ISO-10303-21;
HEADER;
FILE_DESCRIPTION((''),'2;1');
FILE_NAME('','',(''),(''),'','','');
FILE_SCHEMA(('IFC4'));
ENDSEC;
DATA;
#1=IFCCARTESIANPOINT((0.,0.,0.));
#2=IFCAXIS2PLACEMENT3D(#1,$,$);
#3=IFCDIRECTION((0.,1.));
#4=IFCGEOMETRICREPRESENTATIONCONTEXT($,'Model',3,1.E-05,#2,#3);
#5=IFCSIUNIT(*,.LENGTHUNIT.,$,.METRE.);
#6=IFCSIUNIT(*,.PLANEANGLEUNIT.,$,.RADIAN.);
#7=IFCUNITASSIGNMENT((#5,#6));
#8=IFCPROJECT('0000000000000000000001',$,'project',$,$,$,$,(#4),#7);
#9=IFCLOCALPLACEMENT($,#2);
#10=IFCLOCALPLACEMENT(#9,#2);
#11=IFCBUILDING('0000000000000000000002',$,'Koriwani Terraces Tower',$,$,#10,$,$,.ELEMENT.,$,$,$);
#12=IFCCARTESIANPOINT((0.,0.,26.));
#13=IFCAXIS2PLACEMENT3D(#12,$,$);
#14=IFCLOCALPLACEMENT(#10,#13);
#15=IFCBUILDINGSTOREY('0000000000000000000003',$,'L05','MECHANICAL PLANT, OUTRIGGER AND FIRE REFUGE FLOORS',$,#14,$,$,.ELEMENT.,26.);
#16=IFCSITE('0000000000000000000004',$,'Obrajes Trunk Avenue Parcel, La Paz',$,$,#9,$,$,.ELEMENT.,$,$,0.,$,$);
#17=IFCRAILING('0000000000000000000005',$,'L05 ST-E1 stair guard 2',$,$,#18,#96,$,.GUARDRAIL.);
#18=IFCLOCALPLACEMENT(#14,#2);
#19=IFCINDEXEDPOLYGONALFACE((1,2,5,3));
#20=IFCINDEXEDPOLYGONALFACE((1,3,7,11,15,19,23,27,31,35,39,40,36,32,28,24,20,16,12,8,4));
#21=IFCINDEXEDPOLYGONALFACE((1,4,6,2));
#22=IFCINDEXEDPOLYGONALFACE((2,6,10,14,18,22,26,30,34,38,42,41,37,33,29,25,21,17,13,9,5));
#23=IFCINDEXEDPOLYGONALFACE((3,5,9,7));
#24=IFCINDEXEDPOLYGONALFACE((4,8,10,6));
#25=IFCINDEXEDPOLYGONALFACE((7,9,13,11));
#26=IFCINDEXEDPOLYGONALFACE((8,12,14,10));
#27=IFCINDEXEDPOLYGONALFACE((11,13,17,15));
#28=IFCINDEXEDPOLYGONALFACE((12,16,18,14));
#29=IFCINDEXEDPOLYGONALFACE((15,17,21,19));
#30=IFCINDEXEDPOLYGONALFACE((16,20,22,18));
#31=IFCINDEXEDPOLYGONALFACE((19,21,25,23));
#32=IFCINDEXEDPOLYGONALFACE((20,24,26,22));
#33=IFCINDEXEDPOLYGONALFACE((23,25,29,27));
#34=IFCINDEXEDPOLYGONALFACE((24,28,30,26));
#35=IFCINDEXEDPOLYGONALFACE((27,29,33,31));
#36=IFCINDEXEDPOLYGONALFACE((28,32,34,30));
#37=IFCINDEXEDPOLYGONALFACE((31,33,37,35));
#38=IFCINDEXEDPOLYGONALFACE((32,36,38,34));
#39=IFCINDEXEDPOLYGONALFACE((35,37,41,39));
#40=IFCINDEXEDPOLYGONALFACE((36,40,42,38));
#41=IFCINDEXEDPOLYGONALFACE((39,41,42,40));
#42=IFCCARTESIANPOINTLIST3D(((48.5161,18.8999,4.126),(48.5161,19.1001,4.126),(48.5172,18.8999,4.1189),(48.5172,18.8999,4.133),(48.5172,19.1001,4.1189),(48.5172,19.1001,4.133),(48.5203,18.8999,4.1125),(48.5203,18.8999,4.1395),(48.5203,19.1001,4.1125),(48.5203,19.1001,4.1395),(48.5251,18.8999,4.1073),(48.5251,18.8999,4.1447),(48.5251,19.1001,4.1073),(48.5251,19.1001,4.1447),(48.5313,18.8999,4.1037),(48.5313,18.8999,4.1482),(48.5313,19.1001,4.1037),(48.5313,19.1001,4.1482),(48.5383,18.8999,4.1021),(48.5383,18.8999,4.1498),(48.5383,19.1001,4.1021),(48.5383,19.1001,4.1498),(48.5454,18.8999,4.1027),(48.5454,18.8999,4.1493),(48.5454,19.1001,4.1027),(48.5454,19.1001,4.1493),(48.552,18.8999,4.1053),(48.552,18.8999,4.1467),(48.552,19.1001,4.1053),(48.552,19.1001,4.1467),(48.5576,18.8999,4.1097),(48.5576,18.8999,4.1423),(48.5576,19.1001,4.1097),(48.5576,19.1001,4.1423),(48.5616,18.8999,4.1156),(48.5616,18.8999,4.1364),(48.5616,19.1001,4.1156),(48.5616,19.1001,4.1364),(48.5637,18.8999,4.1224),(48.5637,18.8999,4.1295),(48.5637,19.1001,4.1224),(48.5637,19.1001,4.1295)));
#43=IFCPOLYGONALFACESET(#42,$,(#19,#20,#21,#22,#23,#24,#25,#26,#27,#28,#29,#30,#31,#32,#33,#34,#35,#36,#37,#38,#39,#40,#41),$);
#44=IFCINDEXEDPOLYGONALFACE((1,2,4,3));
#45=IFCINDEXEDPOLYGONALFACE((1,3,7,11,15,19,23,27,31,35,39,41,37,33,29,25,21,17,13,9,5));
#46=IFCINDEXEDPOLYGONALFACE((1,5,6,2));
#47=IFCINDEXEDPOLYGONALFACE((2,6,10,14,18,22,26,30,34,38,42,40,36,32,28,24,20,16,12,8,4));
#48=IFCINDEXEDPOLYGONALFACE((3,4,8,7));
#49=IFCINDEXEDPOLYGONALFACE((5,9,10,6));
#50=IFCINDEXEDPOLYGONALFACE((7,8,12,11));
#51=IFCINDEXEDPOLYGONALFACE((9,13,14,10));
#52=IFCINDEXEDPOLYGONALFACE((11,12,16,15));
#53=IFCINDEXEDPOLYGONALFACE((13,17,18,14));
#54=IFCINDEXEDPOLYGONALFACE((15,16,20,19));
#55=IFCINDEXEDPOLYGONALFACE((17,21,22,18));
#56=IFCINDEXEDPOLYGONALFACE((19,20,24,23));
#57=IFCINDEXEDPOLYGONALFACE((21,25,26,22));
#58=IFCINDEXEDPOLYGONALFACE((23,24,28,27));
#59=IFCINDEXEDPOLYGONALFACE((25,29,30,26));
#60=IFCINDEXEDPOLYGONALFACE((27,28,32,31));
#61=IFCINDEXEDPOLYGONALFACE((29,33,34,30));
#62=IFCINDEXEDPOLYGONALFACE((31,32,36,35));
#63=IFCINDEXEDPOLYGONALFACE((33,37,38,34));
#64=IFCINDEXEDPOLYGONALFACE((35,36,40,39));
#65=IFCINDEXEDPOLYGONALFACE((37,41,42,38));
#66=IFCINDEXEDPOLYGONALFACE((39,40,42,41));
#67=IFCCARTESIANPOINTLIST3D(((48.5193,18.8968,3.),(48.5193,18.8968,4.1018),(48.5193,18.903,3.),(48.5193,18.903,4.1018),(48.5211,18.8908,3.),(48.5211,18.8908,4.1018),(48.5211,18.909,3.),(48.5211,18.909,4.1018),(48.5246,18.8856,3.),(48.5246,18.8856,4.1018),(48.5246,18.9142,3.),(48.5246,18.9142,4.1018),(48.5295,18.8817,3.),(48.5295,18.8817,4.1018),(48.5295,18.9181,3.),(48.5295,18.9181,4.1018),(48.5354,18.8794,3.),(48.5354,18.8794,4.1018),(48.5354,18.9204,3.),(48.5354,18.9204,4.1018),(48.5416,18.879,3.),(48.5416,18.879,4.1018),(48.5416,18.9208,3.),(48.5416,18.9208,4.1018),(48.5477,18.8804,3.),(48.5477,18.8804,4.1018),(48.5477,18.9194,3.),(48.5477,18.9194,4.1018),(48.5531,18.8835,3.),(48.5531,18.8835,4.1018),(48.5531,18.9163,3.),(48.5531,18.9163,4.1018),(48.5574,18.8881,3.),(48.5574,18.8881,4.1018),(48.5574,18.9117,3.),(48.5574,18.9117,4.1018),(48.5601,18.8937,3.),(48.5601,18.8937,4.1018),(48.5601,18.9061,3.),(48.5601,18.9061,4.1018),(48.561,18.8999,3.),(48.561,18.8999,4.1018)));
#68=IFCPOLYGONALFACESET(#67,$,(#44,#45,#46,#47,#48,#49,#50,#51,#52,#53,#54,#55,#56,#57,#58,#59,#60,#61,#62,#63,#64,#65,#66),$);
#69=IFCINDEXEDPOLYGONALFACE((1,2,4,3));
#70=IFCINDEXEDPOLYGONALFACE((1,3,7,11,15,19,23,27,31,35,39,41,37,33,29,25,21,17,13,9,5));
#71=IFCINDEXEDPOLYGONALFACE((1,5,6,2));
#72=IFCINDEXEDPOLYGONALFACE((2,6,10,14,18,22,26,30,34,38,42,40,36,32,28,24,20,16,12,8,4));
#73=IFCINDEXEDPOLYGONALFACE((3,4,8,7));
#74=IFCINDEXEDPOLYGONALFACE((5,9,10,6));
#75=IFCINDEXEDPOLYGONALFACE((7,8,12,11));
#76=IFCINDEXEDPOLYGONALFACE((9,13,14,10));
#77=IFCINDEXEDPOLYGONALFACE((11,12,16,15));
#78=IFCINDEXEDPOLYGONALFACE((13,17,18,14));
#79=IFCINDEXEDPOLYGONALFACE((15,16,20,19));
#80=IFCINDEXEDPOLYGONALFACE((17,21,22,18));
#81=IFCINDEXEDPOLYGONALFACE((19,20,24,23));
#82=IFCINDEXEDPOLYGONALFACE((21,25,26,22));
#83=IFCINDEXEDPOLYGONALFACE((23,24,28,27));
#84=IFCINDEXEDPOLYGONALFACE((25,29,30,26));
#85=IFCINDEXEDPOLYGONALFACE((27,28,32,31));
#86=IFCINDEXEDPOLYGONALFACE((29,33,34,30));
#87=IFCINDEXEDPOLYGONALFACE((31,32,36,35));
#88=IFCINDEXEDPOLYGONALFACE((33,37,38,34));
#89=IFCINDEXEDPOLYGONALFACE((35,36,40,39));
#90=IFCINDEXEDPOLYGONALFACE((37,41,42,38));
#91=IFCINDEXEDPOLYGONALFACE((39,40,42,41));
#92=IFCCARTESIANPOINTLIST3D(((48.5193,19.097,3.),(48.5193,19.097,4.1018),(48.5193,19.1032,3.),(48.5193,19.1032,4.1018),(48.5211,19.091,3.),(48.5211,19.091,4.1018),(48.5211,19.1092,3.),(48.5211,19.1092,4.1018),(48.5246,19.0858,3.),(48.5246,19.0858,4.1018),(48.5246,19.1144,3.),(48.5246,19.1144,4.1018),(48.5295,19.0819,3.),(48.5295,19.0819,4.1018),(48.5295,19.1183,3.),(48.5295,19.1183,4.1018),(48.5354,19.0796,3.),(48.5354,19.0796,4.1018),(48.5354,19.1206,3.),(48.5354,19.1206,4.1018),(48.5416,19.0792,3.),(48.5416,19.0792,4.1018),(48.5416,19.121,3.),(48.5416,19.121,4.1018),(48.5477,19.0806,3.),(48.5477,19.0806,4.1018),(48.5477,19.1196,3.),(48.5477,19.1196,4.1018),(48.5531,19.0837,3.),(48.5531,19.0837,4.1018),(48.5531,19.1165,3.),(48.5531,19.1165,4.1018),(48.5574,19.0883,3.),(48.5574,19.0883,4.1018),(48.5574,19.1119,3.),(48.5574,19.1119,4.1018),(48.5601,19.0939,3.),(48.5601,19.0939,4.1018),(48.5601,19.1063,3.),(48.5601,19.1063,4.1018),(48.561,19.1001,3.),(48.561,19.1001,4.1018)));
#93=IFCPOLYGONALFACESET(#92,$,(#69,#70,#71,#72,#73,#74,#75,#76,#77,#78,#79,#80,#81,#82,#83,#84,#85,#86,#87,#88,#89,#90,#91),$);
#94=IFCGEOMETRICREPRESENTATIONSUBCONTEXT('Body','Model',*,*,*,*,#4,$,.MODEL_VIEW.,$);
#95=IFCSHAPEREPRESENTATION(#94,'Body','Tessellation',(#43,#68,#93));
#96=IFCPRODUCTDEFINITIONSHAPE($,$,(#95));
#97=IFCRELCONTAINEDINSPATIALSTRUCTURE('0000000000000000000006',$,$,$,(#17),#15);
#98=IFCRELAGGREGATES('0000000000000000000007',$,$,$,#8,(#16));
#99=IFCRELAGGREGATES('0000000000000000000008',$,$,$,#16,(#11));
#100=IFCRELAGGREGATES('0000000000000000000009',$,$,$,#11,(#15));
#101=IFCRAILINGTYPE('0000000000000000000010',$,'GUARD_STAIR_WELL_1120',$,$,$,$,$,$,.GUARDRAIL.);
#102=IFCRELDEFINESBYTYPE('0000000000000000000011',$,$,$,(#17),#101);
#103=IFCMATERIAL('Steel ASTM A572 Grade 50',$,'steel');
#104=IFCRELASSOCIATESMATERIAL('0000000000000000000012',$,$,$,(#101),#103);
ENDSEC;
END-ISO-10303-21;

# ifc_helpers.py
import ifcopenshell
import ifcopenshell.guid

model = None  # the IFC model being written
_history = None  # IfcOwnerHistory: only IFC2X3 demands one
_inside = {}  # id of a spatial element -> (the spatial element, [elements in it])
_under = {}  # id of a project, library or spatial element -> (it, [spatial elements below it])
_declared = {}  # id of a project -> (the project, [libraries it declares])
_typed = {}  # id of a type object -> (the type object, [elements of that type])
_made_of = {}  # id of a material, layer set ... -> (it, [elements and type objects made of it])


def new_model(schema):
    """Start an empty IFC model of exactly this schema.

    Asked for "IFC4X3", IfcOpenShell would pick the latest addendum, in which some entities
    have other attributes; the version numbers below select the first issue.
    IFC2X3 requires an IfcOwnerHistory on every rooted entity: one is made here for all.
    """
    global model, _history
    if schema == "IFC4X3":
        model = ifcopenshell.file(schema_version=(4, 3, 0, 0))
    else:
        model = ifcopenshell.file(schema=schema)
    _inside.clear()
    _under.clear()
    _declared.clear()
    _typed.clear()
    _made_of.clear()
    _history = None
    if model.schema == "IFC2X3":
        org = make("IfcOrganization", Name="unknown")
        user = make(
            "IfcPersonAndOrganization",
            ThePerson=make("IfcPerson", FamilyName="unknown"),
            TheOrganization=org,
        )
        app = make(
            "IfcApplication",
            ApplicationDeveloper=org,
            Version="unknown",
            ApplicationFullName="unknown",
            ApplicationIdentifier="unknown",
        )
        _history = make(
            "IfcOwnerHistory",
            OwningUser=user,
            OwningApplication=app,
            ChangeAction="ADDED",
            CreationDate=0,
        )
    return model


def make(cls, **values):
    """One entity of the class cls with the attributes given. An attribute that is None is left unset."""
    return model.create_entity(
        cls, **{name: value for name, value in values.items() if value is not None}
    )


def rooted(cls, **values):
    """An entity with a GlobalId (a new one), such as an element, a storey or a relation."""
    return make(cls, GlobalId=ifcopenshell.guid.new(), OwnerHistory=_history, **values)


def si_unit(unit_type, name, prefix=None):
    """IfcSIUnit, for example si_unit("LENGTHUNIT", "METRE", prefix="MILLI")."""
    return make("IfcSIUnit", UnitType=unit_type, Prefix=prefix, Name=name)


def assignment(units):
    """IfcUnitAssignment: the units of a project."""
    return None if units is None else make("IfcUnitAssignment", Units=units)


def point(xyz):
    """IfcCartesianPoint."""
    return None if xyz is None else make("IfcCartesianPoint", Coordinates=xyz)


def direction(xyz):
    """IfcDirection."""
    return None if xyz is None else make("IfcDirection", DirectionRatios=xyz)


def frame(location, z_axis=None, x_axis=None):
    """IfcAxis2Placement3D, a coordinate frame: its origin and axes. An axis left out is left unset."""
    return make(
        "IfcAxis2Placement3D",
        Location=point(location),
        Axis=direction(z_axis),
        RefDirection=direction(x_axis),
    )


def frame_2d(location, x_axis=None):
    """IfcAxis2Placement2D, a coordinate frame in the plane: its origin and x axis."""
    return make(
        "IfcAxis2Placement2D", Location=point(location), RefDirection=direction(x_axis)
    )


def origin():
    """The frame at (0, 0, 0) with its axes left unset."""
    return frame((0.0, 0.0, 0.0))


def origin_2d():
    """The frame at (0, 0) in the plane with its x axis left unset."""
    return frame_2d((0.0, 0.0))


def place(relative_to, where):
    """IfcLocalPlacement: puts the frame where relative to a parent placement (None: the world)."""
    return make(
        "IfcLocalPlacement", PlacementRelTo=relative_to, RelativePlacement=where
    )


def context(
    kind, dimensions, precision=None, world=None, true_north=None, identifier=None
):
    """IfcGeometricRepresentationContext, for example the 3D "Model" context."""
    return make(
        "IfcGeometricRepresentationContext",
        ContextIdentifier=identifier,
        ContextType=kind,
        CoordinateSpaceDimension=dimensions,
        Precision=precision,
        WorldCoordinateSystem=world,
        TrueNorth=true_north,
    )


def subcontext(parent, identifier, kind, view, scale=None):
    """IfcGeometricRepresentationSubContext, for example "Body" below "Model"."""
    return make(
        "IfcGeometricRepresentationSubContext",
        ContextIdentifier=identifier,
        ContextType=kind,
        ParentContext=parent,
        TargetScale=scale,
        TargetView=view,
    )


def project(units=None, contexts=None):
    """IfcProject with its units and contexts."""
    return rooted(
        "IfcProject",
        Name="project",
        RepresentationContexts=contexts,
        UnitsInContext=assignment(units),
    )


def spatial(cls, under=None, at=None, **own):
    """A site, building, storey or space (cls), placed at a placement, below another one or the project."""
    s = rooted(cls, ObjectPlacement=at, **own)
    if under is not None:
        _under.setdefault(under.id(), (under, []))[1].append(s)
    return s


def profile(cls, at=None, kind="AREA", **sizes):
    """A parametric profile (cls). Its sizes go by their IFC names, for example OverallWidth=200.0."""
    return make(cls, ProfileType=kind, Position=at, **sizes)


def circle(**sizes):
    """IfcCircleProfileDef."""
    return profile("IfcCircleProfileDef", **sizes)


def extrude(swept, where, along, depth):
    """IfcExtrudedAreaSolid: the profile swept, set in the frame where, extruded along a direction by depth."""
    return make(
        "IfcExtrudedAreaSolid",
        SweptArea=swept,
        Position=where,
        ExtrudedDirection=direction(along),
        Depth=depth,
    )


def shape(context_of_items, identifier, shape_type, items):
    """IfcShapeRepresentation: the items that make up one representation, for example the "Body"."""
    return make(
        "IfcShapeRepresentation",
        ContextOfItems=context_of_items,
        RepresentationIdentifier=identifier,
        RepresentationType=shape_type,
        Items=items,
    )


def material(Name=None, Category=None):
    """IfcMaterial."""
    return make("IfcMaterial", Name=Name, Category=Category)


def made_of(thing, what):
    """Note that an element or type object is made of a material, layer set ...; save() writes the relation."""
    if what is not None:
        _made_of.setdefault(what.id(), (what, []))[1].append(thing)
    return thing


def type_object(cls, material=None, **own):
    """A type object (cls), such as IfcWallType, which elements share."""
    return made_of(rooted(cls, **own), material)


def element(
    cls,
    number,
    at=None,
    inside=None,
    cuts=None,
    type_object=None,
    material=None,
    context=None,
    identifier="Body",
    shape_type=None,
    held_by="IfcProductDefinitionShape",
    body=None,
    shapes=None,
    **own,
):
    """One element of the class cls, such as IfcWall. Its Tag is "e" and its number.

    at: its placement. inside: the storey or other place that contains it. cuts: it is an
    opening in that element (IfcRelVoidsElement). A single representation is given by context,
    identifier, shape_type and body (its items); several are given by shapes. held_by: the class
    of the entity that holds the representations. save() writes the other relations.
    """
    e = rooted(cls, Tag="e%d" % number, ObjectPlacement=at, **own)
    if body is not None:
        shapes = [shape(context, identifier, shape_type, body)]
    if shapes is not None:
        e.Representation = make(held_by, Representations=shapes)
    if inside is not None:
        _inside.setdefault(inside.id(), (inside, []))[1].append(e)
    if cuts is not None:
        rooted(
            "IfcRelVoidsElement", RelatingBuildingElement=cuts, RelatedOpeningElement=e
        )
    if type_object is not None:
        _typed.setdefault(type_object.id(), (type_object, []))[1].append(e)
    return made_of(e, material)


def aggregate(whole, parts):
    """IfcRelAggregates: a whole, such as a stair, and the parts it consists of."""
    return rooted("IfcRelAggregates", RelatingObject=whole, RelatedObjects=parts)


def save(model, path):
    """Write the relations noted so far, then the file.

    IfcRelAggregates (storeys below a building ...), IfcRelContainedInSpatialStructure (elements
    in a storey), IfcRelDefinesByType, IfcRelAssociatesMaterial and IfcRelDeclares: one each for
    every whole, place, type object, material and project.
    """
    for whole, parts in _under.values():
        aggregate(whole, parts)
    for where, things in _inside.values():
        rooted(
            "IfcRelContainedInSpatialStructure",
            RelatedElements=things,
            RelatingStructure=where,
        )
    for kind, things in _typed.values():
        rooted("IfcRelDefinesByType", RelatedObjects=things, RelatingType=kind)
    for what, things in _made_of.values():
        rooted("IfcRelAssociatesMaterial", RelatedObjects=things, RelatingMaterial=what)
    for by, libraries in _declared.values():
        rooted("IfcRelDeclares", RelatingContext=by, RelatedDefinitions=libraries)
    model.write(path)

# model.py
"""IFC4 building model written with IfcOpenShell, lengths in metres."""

from ifc_helpers import new_model, si_unit, direction, frame, origin, origin_2d, place, context, subcontext, project, spatial, circle, extrude, material, type_object, element, save


model = new_model("IFC4")

# Units and contexts
model_context = context("Model", 3, precision=1e-05, world=origin(), true_north=direction((0.0, 1.0)))
body_context = subcontext(model_context, "Body", "Model", "MODEL_VIEW")
ifc_project = project(units=[si_unit("LENGTHUNIT", "METRE"), si_unit("PLANEANGLEUNIT", "RADIAN")], contexts=[model_context])

# Site, building, storey
site_placement = place(None, origin())
site = spatial("IfcSite", under=ifc_project, at=site_placement, Name="Obrajes Trunk Avenue Parcel, La Paz", CompositionType="ELEMENT", RefElevation=0.0)
building_placement = place(site_placement, origin())
building = spatial("IfcBuilding", under=site, at=building_placement, Name="Koriwani Terraces Tower", CompositionType="ELEMENT")
storey_placement = place(building_placement, frame((0.0, 0.0, 26.0)))
storey = spatial("IfcBuildingStorey", under=building, at=storey_placement, Name="L05", Description="MECHANICAL PLANT, OUTRIGGER AND FIRE REFUGE FLOORS", CompositionType="ELEMENT", Elevation=26.0)

# Shared definitions
ifc_material_1 = material(Name="Steel ASTM A572 Grade 50", Category="steel")

# Railing
railing_type_1 = type_object("IfcRailingType", Name="GUARD_STAIR_WELL_1120", PredefinedType="GUARDRAIL", material=ifc_material_1)
railing_1_placement = place(storey_placement, frame((48.54, 18.8999, 3.0)))
element("IfcRailing", 1, at=railing_1_placement, inside=storey, type_object=railing_type_1, Name="L05 ST-E1 stair guard 2", PredefinedType="GUARDRAIL", context=body_context, shape_type="SweptSolid", body=[
    extrude(circle(Radius=0.0239, at=origin_2d()), frame((0.0, 0.0, 1.126), z_axis=(0.0, 1.0, 0.0), x_axis=(-1.0, 0.0, 0.0)), (0.0, 0.0, 1.0), 0.2002),
    extrude(circle(Radius=0.021, at=origin_2d()), origin(), (0.0, 0.0, 1.0), 1.1018),
    extrude(circle(Radius=0.021, at=origin_2d()), frame((0.0, 0.2002, 0.0)), (0.0, 0.0, 1.0), 1.1018),
])

save(model, "model.ifc")
